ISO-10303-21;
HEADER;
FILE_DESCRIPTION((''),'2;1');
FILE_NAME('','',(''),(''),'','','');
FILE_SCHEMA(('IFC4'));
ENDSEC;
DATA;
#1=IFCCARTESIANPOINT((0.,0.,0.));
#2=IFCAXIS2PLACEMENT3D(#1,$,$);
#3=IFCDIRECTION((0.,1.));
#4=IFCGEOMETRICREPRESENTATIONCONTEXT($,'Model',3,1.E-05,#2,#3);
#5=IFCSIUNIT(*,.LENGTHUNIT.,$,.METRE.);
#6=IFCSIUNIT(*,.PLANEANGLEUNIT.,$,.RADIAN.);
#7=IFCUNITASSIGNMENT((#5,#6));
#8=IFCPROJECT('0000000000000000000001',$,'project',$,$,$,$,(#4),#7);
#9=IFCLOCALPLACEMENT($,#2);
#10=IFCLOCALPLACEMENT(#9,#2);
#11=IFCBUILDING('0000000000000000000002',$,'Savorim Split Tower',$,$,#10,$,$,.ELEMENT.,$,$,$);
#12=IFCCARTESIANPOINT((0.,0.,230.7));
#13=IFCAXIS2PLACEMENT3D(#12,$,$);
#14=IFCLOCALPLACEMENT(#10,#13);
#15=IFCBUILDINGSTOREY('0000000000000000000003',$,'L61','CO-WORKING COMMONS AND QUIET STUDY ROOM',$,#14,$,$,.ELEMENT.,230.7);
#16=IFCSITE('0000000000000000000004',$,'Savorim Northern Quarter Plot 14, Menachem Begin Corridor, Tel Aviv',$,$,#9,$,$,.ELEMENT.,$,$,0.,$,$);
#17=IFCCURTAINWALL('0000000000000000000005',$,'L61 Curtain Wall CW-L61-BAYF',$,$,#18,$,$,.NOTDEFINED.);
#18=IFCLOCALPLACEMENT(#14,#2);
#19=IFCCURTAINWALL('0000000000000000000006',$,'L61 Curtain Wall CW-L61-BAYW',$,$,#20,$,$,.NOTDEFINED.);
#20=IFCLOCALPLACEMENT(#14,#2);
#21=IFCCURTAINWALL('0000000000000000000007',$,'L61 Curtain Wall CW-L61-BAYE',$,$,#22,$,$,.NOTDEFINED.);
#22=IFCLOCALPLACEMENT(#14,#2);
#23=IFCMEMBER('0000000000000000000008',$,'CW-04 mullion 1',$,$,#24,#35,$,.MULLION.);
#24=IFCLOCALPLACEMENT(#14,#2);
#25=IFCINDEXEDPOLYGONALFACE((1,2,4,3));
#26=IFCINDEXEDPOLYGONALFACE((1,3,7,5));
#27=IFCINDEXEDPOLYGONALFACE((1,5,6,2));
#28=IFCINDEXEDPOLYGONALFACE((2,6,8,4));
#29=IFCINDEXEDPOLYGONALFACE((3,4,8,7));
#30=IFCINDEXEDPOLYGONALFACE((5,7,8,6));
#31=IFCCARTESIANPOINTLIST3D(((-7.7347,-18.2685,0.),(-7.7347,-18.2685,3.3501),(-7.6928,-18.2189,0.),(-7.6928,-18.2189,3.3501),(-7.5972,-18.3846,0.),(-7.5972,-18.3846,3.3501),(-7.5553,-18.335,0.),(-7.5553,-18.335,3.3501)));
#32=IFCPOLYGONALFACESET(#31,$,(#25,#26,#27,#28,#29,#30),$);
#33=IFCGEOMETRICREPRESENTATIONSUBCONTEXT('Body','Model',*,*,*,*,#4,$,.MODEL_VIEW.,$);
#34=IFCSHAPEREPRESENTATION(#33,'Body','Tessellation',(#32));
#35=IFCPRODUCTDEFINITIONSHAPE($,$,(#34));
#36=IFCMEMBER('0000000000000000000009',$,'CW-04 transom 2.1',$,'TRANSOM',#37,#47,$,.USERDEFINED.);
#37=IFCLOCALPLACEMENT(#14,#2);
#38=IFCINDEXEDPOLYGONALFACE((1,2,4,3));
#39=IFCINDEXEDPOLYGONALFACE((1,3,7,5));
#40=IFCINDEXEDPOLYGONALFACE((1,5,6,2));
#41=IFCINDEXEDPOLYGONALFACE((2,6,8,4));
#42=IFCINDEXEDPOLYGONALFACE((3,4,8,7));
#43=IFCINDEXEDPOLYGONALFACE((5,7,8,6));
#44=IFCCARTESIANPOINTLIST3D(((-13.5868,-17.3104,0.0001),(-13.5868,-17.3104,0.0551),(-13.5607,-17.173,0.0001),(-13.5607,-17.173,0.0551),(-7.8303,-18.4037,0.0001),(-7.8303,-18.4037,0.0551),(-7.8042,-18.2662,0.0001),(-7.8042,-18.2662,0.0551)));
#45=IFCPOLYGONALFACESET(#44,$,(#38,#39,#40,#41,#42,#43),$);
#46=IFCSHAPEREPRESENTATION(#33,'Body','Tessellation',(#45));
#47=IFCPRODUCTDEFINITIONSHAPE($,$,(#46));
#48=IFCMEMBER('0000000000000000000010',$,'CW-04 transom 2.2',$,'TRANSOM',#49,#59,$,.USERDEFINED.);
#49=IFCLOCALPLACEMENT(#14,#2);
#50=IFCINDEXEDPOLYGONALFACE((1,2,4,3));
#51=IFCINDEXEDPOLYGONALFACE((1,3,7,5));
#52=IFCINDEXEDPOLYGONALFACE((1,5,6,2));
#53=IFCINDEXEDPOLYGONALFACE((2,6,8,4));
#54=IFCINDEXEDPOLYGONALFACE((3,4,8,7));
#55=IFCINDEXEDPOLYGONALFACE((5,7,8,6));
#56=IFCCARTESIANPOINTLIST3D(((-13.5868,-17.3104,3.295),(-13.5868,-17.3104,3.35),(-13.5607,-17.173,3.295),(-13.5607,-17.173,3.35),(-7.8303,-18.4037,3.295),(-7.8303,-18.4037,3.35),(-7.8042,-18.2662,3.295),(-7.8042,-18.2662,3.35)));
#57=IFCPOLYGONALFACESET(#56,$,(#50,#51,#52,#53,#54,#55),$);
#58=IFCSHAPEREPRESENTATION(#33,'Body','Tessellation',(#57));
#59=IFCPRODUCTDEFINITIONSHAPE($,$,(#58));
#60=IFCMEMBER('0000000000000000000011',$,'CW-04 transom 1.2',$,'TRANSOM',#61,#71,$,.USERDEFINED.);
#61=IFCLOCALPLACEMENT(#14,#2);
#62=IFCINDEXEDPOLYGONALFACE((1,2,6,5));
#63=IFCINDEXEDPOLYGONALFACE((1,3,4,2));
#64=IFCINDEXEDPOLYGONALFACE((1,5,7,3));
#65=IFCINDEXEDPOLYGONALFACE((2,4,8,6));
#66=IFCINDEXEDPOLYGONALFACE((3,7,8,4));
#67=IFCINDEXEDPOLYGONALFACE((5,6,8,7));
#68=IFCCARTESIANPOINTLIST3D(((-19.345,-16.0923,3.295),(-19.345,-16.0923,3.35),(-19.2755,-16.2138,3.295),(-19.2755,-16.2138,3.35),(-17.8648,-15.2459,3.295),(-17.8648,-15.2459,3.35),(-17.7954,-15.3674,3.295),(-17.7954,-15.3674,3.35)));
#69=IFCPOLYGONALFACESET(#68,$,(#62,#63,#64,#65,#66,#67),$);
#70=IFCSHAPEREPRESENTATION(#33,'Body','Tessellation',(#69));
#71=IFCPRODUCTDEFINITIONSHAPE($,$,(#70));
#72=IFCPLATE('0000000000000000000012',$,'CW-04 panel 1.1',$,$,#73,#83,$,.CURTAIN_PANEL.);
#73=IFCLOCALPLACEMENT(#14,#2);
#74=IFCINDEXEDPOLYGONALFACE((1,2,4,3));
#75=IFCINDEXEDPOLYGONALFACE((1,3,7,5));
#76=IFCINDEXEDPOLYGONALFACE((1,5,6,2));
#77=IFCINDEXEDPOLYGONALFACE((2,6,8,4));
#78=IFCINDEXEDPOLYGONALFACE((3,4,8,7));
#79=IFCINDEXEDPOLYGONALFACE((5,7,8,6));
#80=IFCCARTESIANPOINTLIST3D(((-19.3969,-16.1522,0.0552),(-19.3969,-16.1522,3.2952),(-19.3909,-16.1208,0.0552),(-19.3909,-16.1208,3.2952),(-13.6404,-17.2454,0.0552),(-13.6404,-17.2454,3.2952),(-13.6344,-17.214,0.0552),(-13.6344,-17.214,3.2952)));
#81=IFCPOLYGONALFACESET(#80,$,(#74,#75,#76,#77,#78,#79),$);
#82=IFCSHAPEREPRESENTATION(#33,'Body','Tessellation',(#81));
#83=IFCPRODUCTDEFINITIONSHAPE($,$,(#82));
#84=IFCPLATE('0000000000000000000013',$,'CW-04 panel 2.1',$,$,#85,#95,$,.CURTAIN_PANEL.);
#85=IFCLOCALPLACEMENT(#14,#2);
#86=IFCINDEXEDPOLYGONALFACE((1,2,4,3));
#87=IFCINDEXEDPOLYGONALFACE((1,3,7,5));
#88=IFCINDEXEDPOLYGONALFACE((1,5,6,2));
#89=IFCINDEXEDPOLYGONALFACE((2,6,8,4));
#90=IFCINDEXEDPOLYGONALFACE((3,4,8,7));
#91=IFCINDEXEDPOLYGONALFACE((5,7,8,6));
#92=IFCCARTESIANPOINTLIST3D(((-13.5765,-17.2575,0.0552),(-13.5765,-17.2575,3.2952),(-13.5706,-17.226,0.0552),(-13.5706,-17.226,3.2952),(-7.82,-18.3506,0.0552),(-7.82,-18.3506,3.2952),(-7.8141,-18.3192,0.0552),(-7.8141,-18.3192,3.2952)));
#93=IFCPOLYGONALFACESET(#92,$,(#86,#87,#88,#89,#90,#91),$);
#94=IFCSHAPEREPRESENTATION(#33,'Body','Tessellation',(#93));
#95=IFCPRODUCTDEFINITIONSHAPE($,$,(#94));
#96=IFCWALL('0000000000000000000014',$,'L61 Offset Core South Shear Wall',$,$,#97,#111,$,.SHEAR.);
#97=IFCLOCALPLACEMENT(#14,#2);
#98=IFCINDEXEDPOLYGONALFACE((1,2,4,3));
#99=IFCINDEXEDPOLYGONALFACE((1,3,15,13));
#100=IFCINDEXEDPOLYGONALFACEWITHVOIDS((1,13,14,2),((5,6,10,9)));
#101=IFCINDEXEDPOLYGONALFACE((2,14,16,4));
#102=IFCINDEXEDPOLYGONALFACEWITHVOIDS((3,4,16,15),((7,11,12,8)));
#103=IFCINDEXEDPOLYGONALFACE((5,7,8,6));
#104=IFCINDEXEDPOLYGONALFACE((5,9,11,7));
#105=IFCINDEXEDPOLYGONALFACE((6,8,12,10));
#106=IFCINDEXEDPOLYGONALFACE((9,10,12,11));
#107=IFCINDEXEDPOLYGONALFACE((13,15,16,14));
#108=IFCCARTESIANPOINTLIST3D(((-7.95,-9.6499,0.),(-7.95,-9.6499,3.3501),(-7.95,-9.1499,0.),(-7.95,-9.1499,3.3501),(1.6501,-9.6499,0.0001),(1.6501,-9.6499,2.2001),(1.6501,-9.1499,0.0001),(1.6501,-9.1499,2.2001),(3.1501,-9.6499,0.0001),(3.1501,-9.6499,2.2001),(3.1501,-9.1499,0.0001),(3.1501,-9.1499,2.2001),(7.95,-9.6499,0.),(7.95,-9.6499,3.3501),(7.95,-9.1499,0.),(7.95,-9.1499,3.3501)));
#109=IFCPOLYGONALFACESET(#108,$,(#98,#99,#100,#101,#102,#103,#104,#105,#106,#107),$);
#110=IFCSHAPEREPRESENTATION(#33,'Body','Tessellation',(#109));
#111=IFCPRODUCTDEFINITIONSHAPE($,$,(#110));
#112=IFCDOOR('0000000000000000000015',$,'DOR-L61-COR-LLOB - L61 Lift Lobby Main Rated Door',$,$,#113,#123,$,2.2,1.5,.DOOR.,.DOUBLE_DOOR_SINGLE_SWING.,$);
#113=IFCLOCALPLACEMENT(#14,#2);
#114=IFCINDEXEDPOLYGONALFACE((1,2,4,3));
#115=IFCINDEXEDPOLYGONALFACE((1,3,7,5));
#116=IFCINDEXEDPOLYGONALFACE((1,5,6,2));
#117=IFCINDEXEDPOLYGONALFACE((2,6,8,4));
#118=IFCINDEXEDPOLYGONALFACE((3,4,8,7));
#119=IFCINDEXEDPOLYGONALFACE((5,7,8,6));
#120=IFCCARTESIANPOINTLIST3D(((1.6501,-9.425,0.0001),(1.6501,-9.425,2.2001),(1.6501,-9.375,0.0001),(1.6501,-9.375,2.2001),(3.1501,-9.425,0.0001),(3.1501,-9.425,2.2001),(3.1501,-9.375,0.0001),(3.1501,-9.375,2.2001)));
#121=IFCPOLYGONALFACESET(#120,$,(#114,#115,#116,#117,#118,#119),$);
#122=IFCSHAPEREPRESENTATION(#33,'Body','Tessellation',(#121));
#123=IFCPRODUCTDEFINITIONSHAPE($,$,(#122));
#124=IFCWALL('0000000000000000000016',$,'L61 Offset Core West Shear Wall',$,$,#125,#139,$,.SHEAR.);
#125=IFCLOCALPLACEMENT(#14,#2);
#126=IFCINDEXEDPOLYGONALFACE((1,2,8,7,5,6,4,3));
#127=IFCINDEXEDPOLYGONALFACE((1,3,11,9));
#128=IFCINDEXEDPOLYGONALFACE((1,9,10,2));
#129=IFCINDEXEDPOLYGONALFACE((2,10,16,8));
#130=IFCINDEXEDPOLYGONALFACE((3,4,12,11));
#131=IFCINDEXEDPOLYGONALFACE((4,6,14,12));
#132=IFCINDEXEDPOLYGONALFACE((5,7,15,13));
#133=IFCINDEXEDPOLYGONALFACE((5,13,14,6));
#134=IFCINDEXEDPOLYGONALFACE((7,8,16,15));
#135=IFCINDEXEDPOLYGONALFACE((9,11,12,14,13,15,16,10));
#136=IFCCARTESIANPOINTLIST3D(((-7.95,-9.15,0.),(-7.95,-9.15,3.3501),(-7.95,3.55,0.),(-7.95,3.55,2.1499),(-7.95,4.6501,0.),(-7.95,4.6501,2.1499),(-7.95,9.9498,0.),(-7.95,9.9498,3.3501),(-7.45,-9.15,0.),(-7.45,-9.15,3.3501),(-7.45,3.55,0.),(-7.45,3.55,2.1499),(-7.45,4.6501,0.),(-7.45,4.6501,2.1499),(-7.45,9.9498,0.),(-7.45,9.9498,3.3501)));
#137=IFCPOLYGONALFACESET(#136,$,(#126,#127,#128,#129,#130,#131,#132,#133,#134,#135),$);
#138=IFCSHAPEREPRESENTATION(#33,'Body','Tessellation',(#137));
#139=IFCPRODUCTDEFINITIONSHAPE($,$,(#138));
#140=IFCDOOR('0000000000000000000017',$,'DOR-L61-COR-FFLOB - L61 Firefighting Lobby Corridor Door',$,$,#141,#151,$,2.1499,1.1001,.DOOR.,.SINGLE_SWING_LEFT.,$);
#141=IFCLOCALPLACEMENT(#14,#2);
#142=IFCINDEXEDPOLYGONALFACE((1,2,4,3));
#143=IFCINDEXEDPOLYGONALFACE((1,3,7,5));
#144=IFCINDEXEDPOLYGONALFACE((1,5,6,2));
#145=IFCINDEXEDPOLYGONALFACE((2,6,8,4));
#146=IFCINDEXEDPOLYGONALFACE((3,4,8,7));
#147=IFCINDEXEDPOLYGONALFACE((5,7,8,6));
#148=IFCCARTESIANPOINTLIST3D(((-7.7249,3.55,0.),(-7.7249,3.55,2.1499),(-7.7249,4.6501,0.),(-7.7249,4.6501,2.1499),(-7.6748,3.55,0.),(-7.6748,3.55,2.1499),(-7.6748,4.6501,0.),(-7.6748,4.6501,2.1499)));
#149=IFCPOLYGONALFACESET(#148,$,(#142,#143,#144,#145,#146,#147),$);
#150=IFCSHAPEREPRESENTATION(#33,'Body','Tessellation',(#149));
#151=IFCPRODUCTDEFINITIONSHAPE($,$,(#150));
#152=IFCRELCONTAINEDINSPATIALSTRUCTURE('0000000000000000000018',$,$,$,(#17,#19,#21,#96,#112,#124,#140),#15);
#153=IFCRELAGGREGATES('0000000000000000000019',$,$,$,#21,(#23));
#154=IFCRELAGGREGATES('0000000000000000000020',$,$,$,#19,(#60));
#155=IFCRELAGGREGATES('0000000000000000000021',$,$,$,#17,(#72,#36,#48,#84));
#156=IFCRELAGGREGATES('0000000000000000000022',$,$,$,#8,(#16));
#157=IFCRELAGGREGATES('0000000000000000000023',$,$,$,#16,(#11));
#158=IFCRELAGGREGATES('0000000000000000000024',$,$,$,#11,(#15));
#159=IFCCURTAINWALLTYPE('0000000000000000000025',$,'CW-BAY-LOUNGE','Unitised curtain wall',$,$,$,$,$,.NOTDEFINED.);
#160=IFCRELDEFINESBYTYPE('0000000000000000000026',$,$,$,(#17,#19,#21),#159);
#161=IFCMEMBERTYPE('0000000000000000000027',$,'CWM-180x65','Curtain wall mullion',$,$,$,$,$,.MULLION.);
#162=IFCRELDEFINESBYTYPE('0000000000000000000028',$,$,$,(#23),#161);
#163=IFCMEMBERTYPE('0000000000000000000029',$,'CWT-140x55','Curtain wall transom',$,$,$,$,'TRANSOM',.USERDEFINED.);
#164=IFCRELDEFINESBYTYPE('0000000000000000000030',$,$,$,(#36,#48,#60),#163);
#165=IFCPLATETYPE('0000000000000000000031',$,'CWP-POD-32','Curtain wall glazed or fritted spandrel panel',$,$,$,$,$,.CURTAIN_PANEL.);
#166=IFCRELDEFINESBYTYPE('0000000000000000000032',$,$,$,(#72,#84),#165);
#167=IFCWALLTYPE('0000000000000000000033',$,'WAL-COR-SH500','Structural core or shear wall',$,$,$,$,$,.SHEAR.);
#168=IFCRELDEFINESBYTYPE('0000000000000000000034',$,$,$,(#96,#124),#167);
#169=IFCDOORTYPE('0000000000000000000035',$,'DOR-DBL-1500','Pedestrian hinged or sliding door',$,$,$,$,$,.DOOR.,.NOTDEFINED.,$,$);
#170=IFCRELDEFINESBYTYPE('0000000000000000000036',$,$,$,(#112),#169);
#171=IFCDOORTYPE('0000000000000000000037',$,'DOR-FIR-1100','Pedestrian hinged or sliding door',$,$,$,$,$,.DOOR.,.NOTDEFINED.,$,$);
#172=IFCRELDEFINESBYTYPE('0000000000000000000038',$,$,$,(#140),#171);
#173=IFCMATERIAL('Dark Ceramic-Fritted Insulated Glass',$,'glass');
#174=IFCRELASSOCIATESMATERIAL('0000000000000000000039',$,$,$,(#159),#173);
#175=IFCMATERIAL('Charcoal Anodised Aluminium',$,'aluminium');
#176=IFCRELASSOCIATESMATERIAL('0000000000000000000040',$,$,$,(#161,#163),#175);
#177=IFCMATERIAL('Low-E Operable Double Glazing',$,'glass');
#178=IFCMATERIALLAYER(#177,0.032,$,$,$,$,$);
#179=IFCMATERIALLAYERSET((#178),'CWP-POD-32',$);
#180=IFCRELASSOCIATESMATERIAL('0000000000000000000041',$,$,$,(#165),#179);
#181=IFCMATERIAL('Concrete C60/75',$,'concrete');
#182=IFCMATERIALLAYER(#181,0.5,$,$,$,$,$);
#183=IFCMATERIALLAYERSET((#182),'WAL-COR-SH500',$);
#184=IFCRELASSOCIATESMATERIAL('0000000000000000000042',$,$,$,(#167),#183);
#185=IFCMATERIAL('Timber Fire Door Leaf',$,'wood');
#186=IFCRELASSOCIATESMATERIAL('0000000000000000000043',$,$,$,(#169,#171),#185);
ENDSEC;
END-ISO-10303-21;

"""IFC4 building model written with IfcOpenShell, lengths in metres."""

from ifc_helpers import new_model, si_unit, direction, frame, frame_2d, origin, origin_2d, place, context, subcontext, project, spatial, rectangle, extrude, material, layer, layer_set, material_profile, profile_set, type_object, element, fill, aggregate, save


model = new_model("IFC4")

# Units and contexts
model_context = context("Model", 3, precision=1e-05, world=origin(), true_north=direction((0.0, 1.0)))
body_context = subcontext(model_context, "Body", "Model", "MODEL_VIEW")
ifc_project = project(units=[si_unit("LENGTHUNIT", "METRE"), si_unit("PLANEANGLEUNIT", "RADIAN")], contexts=[model_context])

# Site, building, storey
site_placement = place(None, origin())
site = spatial("IfcSite", under=ifc_project, at=site_placement, Name="Savorim Northern Quarter Plot 14, Menachem Begin Corridor, Tel Aviv", CompositionType="ELEMENT", RefElevation=0.0)
building_placement = place(site_placement, origin())
building = spatial("IfcBuilding", under=site, at=building_placement, Name="Savorim Split Tower", CompositionType="ELEMENT")
storey_placement = place(building_placement, frame((0.0, 0.0, 230.7)))
storey = spatial("IfcBuildingStorey", under=building, at=storey_placement, Name="L61", Description="CO-WORKING COMMONS AND QUIET STUDY ROOM", CompositionType="ELEMENT", Elevation=230.7)

# Curtain wall
ifc_material_1 = material(Name="Dark Ceramic-Fritted Insulated Glass", Category="glass")
curtain_wall_type = type_object("IfcCurtainWallType", Name="CW-BAY-LOUNGE", Description="Unitised curtain wall", PredefinedType="NOTDEFINED", material=ifc_material_1)
curtain_wall_1_placement = place(storey_placement, origin())
curtain_wall_1 = element("IfcCurtainWall", 1, at=curtain_wall_1_placement, inside=storey, type_object=curtain_wall_type, Name="L61 Curtain Wall CW-L61-BAYF", PredefinedType="NOTDEFINED")
ifc_material_2 = material(Name="Charcoal Anodised Aluminium", Category="aluminium")
ifc_material_profile_1 = material_profile(ifc_material_2, rectangle(XDim=0.1799, YDim=0.0649, at=origin_2d()), Name="ALU-M 180x65")
ifc_profile_set_1 = profile_set([ifc_material_profile_1], Name="Charcoal Anodised Aluminium")
member_type_1 = type_object("IfcMemberType", Name="CWM-180x65", Description="Curtain wall mullion", PredefinedType="MULLION", material=ifc_profile_set_1)

# Curtain walls, member
curtain_wall_2_placement = place(storey_placement, origin())
curtain_wall_2 = element("IfcCurtainWall", 2, at=curtain_wall_2_placement, inside=storey, type_object=curtain_wall_type, Name="L61 Curtain Wall CW-L61-BAYW", PredefinedType="NOTDEFINED")
curtain_wall_3_placement = place(storey_placement, origin())
curtain_wall_3 = element("IfcCurtainWall", 3, at=curtain_wall_3_placement, inside=storey, type_object=curtain_wall_type, Name="L61 Curtain Wall CW-L61-BAYE", PredefinedType="NOTDEFINED")
member_1_placement = place(storey_placement, frame((-7.645, -18.3018, 0.0), z_axis=(0.0, 0.0, 1.0), x_axis=(-0.764176, 0.645008, 0.0)))
member_1 = element("IfcMember", 4, at=member_1_placement, type_object=member_type_1, Name="CW-04 mullion 1", PredefinedType="MULLION", context=body_context, shape_type="SweptSolid", body=[
    extrude(rectangle(XDim=0.1799, YDim=0.0649, at=origin_2d()), origin(), (0.0, 0.0, 1.0), 3.3501),
])
aggregate(curtain_wall_3, [member_1])

# Members
ifc_material_profile_2 = material_profile(ifc_material_2, rectangle(XDim=0.1399, YDim=0.0549, at=origin_2d()), Name="ALU-T 140x55")
ifc_profile_set_2 = profile_set([ifc_material_profile_2], Name="Charcoal Anodised Aluminium")
member_type_2 = type_object("IfcMemberType", Name="CWT-140x55", Description="Curtain wall transom", ElementType="TRANSOM", PredefinedType="USERDEFINED", material=ifc_profile_set_2)
member_2_placement = place(storey_placement, frame((-13.5737, -17.2417, 0.0276), z_axis=(0.98244, -0.18658, 0.0), x_axis=(0.18658, 0.98244, 0.0)))
member_2 = element("IfcMember", 5, at=member_2_placement, type_object=member_type_2, Name="CW-04 transom 2.1", ObjectType="TRANSOM", PredefinedType="USERDEFINED", context=body_context, shape_type="SweptSolid", body=[
    extrude(rectangle(XDim=0.1399, YDim=0.0549, at=origin_2d()), origin(), (0.0, 0.0, 1.0), 5.8594),
])
member_3_placement = place(storey_placement, frame((-13.5737, -17.2417, 3.3225), z_axis=(0.98244, -0.18658, 0.0), x_axis=(0.18658, 0.98244, 0.0)))
member_3 = element("IfcMember", 6, at=member_3_placement, type_object=member_type_2, Name="CW-04 transom 2.2", ObjectType="TRANSOM", PredefinedType="USERDEFINED", context=body_context, shape_type="SweptSolid", body=[
    extrude(rectangle(XDim=0.1399, YDim=0.0549, at=origin_2d()), origin(), (0.0, 0.0, 1.0), 5.8594),
])
member_4_placement = place(storey_placement, frame((-17.8301, -15.3066, 3.3225), z_axis=(-0.868093, -0.496401, 0.0), x_axis=(0.496401, -0.868093, 0.0)))
member_4 = element("IfcMember", 7, at=member_4_placement, type_object=member_type_2, Name="CW-04 transom 1.2", ObjectType="TRANSOM", PredefinedType="USERDEFINED", context=body_context, shape_type="SweptSolid", body=[
    extrude(rectangle(XDim=0.1399, YDim=0.0549, at=origin_2d()), origin(), (0.0, 0.0, 1.0), 1.7051),
])
aggregate(curtain_wall_2, [member_4])

# Plates
ifc_material_3 = material(Name="Low-E Operable Double Glazing", Category="glass")
ifc_layer_1 = layer(ifc_material_3, 0.032)
ifc_layer_set_1 = layer_set([ifc_layer_1], Name="CWP-POD-32")
plate_type = type_object("IfcPlateType", Name="CWP-POD-32", Description="Curtain wall glazed or fritted spandrel panel", PredefinedType="CURTAIN_PANEL", material=ifc_layer_set_1)
plate_1_placement = place(storey_placement, frame((-16.5156, -16.6831, 0.0552), z_axis=(0.0, 0.0, 1.0), x_axis=(0.982442, -0.186567, 0.0)))
plate_1 = element("IfcPlate", 8, at=plate_1_placement, type_object=plate_type, Name="CW-04 panel 1.1", PredefinedType="CURTAIN_PANEL", context=body_context, shape_type="SweptSolid", body=[
    extrude(rectangle(XDim=5.8594, YDim=0.032, at=origin_2d()), origin(), (0.0, 0.0, 1.0), 3.24),
])
plate_2_placement = place(storey_placement, frame((-10.6953, -17.7883, 0.0552), z_axis=(0.0, 0.0, 1.0), x_axis=(0.982442, -0.186567, 0.0)))
plate_2 = element("IfcPlate", 9, at=plate_2_placement, type_object=plate_type, Name="CW-04 panel 2.1", PredefinedType="CURTAIN_PANEL", context=body_context, shape_type="SweptSolid", body=[
    extrude(rectangle(XDim=5.8594, YDim=0.032, at=origin_2d()), origin(), (0.0, 0.0, 1.0), 3.24),
])
aggregate(curtain_wall_1, [plate_1, member_2, member_3, plate_2])

# Walls, openings, doors
ifc_material_4 = material(Name="Concrete C60/75", Category="concrete")
ifc_layer_2 = layer(ifc_material_4, 0.5)
ifc_layer_set_2 = layer_set([ifc_layer_2], Name="WAL-COR-SH500")
wall_type_1 = type_object("IfcWallType", Name="WAL-COR-SH500", Description="Structural core or shear wall", PredefinedType="SHEAR", material=ifc_layer_set_2)
wall_1_placement = place(storey_placement, frame((-7.95, -9.3999, 0.0), z_axis=(0.0, 0.0, 1.0), x_axis=(1.0, 0.0, 0.0)))
wall_1 = element("IfcWall", 10, at=wall_1_placement, inside=storey, type_object=wall_type_1, Name="L61 Offset Core South Shear Wall", PredefinedType="SHEAR", context=body_context, shape_type="SweptSolid", body=[
    extrude(rectangle(XDim=15.8999, YDim=0.5, at=frame_2d((7.95, 0.0))), origin(), (0.0, 0.0, 1.0), 3.3501),
])
opening_1_placement = place(wall_1_placement, frame((9.6001, 0.0, 0.0)))
opening_1 = element("IfcOpeningElement", 11, at=opening_1_placement, cuts=wall_1, PredefinedType="OPENING", context=body_context, shape_type="SweptSolid", body=[
    extrude(rectangle(XDim=1.5, YDim=2.2, at=frame_2d((0.75, 1.1001))), frame((0.0, 0.26, 0.0), z_axis=(0.0, -1.0, 0.0), x_axis=(1.0, 0.0, 0.0)), (0.0, 0.0, 1.0), 0.52),
])
ifc_material_5 = material(Name="Timber Fire Door Leaf", Category="wood")
door_type_1 = type_object("IfcDoorType", Name="DOR-DBL-1500", Description="Pedestrian hinged or sliding door", OperationType="NOTDEFINED", PredefinedType="DOOR", material=ifc_material_5)
door_1_placement = place(opening_1_placement, origin())
door_1 = element("IfcDoor", 12, at=door_1_placement, inside=storey, type_object=door_type_1, Name="DOR-L61-COR-LLOB - L61 Lift Lobby Main Rated Door", OperationType="DOUBLE_DOOR_SINGLE_SWING", OverallHeight=2.2, OverallWidth=1.5, PredefinedType="DOOR", context=body_context, shape_type="SweptSolid", body=[
    extrude(rectangle(XDim=1.5, YDim=2.2, at=frame_2d((0.75, 1.1001))), frame((0.0, 0.0249, 0.0), z_axis=(0.0, -1.0, 0.0), x_axis=(1.0, 0.0, 0.0)), (0.0, 0.0, 1.0), 0.05),
])
fill(opening_1, door_1)
wall_2_placement = place(storey_placement, frame((-7.7, -9.1499, 0.0), z_axis=(0.0, 0.0, 1.0), x_axis=(0.0, 1.0, 0.0)))
wall_2 = element("IfcWall", 13, at=wall_2_placement, inside=storey, type_object=wall_type_1, Name="L61 Offset Core West Shear Wall", PredefinedType="SHEAR", context=body_context, shape_type="SweptSolid", body=[
    extrude(rectangle(XDim=19.0999, YDim=0.5, at=frame_2d((9.5498, 0.0))), origin(), (0.0, 0.0, 1.0), 3.3501),
])
opening_2_placement = place(wall_2_placement, frame((12.7, 0.0, 0.0)))
opening_2 = element("IfcOpeningElement", 14, at=opening_2_placement, cuts=wall_2, PredefinedType="OPENING", context=body_context, shape_type="SweptSolid", body=[
    extrude(rectangle(XDim=1.1001, YDim=2.1499, at=frame_2d((0.55, 1.075))), frame((0.0, 0.26, 0.0), z_axis=(0.0, -1.0, 0.0), x_axis=(1.0, 0.0, 0.0)), (0.0, 0.0, 1.0), 0.52),
])
door_type_2 = type_object("IfcDoorType", Name="DOR-FIR-1100", Description="Pedestrian hinged or sliding door", OperationType="NOTDEFINED", PredefinedType="DOOR", material=ifc_material_5)
door_2_placement = place(opening_2_placement, origin())
door_2 = element("IfcDoor", 15, at=door_2_placement, inside=storey, type_object=door_type_2, Name="DOR-L61-COR-FFLOB - L61 Firefighting Lobby Corridor Door", OperationType="SINGLE_SWING_LEFT", OverallHeight=2.1499, OverallWidth=1.1001, PredefinedType="DOOR", context=body_context, shape_type="SweptSolid", body=[
    extrude(rectangle(XDim=1.1001, YDim=2.1499, at=frame_2d((0.55, 1.075))), frame((0.0, 0.0249, 0.0), z_axis=(0.0, -1.0, 0.0), x_axis=(1.0, 0.0, 0.0)), (0.0, 0.0, 1.0), 0.05),
])
fill(opening_2, door_2)

save(model, "model.ifc")
